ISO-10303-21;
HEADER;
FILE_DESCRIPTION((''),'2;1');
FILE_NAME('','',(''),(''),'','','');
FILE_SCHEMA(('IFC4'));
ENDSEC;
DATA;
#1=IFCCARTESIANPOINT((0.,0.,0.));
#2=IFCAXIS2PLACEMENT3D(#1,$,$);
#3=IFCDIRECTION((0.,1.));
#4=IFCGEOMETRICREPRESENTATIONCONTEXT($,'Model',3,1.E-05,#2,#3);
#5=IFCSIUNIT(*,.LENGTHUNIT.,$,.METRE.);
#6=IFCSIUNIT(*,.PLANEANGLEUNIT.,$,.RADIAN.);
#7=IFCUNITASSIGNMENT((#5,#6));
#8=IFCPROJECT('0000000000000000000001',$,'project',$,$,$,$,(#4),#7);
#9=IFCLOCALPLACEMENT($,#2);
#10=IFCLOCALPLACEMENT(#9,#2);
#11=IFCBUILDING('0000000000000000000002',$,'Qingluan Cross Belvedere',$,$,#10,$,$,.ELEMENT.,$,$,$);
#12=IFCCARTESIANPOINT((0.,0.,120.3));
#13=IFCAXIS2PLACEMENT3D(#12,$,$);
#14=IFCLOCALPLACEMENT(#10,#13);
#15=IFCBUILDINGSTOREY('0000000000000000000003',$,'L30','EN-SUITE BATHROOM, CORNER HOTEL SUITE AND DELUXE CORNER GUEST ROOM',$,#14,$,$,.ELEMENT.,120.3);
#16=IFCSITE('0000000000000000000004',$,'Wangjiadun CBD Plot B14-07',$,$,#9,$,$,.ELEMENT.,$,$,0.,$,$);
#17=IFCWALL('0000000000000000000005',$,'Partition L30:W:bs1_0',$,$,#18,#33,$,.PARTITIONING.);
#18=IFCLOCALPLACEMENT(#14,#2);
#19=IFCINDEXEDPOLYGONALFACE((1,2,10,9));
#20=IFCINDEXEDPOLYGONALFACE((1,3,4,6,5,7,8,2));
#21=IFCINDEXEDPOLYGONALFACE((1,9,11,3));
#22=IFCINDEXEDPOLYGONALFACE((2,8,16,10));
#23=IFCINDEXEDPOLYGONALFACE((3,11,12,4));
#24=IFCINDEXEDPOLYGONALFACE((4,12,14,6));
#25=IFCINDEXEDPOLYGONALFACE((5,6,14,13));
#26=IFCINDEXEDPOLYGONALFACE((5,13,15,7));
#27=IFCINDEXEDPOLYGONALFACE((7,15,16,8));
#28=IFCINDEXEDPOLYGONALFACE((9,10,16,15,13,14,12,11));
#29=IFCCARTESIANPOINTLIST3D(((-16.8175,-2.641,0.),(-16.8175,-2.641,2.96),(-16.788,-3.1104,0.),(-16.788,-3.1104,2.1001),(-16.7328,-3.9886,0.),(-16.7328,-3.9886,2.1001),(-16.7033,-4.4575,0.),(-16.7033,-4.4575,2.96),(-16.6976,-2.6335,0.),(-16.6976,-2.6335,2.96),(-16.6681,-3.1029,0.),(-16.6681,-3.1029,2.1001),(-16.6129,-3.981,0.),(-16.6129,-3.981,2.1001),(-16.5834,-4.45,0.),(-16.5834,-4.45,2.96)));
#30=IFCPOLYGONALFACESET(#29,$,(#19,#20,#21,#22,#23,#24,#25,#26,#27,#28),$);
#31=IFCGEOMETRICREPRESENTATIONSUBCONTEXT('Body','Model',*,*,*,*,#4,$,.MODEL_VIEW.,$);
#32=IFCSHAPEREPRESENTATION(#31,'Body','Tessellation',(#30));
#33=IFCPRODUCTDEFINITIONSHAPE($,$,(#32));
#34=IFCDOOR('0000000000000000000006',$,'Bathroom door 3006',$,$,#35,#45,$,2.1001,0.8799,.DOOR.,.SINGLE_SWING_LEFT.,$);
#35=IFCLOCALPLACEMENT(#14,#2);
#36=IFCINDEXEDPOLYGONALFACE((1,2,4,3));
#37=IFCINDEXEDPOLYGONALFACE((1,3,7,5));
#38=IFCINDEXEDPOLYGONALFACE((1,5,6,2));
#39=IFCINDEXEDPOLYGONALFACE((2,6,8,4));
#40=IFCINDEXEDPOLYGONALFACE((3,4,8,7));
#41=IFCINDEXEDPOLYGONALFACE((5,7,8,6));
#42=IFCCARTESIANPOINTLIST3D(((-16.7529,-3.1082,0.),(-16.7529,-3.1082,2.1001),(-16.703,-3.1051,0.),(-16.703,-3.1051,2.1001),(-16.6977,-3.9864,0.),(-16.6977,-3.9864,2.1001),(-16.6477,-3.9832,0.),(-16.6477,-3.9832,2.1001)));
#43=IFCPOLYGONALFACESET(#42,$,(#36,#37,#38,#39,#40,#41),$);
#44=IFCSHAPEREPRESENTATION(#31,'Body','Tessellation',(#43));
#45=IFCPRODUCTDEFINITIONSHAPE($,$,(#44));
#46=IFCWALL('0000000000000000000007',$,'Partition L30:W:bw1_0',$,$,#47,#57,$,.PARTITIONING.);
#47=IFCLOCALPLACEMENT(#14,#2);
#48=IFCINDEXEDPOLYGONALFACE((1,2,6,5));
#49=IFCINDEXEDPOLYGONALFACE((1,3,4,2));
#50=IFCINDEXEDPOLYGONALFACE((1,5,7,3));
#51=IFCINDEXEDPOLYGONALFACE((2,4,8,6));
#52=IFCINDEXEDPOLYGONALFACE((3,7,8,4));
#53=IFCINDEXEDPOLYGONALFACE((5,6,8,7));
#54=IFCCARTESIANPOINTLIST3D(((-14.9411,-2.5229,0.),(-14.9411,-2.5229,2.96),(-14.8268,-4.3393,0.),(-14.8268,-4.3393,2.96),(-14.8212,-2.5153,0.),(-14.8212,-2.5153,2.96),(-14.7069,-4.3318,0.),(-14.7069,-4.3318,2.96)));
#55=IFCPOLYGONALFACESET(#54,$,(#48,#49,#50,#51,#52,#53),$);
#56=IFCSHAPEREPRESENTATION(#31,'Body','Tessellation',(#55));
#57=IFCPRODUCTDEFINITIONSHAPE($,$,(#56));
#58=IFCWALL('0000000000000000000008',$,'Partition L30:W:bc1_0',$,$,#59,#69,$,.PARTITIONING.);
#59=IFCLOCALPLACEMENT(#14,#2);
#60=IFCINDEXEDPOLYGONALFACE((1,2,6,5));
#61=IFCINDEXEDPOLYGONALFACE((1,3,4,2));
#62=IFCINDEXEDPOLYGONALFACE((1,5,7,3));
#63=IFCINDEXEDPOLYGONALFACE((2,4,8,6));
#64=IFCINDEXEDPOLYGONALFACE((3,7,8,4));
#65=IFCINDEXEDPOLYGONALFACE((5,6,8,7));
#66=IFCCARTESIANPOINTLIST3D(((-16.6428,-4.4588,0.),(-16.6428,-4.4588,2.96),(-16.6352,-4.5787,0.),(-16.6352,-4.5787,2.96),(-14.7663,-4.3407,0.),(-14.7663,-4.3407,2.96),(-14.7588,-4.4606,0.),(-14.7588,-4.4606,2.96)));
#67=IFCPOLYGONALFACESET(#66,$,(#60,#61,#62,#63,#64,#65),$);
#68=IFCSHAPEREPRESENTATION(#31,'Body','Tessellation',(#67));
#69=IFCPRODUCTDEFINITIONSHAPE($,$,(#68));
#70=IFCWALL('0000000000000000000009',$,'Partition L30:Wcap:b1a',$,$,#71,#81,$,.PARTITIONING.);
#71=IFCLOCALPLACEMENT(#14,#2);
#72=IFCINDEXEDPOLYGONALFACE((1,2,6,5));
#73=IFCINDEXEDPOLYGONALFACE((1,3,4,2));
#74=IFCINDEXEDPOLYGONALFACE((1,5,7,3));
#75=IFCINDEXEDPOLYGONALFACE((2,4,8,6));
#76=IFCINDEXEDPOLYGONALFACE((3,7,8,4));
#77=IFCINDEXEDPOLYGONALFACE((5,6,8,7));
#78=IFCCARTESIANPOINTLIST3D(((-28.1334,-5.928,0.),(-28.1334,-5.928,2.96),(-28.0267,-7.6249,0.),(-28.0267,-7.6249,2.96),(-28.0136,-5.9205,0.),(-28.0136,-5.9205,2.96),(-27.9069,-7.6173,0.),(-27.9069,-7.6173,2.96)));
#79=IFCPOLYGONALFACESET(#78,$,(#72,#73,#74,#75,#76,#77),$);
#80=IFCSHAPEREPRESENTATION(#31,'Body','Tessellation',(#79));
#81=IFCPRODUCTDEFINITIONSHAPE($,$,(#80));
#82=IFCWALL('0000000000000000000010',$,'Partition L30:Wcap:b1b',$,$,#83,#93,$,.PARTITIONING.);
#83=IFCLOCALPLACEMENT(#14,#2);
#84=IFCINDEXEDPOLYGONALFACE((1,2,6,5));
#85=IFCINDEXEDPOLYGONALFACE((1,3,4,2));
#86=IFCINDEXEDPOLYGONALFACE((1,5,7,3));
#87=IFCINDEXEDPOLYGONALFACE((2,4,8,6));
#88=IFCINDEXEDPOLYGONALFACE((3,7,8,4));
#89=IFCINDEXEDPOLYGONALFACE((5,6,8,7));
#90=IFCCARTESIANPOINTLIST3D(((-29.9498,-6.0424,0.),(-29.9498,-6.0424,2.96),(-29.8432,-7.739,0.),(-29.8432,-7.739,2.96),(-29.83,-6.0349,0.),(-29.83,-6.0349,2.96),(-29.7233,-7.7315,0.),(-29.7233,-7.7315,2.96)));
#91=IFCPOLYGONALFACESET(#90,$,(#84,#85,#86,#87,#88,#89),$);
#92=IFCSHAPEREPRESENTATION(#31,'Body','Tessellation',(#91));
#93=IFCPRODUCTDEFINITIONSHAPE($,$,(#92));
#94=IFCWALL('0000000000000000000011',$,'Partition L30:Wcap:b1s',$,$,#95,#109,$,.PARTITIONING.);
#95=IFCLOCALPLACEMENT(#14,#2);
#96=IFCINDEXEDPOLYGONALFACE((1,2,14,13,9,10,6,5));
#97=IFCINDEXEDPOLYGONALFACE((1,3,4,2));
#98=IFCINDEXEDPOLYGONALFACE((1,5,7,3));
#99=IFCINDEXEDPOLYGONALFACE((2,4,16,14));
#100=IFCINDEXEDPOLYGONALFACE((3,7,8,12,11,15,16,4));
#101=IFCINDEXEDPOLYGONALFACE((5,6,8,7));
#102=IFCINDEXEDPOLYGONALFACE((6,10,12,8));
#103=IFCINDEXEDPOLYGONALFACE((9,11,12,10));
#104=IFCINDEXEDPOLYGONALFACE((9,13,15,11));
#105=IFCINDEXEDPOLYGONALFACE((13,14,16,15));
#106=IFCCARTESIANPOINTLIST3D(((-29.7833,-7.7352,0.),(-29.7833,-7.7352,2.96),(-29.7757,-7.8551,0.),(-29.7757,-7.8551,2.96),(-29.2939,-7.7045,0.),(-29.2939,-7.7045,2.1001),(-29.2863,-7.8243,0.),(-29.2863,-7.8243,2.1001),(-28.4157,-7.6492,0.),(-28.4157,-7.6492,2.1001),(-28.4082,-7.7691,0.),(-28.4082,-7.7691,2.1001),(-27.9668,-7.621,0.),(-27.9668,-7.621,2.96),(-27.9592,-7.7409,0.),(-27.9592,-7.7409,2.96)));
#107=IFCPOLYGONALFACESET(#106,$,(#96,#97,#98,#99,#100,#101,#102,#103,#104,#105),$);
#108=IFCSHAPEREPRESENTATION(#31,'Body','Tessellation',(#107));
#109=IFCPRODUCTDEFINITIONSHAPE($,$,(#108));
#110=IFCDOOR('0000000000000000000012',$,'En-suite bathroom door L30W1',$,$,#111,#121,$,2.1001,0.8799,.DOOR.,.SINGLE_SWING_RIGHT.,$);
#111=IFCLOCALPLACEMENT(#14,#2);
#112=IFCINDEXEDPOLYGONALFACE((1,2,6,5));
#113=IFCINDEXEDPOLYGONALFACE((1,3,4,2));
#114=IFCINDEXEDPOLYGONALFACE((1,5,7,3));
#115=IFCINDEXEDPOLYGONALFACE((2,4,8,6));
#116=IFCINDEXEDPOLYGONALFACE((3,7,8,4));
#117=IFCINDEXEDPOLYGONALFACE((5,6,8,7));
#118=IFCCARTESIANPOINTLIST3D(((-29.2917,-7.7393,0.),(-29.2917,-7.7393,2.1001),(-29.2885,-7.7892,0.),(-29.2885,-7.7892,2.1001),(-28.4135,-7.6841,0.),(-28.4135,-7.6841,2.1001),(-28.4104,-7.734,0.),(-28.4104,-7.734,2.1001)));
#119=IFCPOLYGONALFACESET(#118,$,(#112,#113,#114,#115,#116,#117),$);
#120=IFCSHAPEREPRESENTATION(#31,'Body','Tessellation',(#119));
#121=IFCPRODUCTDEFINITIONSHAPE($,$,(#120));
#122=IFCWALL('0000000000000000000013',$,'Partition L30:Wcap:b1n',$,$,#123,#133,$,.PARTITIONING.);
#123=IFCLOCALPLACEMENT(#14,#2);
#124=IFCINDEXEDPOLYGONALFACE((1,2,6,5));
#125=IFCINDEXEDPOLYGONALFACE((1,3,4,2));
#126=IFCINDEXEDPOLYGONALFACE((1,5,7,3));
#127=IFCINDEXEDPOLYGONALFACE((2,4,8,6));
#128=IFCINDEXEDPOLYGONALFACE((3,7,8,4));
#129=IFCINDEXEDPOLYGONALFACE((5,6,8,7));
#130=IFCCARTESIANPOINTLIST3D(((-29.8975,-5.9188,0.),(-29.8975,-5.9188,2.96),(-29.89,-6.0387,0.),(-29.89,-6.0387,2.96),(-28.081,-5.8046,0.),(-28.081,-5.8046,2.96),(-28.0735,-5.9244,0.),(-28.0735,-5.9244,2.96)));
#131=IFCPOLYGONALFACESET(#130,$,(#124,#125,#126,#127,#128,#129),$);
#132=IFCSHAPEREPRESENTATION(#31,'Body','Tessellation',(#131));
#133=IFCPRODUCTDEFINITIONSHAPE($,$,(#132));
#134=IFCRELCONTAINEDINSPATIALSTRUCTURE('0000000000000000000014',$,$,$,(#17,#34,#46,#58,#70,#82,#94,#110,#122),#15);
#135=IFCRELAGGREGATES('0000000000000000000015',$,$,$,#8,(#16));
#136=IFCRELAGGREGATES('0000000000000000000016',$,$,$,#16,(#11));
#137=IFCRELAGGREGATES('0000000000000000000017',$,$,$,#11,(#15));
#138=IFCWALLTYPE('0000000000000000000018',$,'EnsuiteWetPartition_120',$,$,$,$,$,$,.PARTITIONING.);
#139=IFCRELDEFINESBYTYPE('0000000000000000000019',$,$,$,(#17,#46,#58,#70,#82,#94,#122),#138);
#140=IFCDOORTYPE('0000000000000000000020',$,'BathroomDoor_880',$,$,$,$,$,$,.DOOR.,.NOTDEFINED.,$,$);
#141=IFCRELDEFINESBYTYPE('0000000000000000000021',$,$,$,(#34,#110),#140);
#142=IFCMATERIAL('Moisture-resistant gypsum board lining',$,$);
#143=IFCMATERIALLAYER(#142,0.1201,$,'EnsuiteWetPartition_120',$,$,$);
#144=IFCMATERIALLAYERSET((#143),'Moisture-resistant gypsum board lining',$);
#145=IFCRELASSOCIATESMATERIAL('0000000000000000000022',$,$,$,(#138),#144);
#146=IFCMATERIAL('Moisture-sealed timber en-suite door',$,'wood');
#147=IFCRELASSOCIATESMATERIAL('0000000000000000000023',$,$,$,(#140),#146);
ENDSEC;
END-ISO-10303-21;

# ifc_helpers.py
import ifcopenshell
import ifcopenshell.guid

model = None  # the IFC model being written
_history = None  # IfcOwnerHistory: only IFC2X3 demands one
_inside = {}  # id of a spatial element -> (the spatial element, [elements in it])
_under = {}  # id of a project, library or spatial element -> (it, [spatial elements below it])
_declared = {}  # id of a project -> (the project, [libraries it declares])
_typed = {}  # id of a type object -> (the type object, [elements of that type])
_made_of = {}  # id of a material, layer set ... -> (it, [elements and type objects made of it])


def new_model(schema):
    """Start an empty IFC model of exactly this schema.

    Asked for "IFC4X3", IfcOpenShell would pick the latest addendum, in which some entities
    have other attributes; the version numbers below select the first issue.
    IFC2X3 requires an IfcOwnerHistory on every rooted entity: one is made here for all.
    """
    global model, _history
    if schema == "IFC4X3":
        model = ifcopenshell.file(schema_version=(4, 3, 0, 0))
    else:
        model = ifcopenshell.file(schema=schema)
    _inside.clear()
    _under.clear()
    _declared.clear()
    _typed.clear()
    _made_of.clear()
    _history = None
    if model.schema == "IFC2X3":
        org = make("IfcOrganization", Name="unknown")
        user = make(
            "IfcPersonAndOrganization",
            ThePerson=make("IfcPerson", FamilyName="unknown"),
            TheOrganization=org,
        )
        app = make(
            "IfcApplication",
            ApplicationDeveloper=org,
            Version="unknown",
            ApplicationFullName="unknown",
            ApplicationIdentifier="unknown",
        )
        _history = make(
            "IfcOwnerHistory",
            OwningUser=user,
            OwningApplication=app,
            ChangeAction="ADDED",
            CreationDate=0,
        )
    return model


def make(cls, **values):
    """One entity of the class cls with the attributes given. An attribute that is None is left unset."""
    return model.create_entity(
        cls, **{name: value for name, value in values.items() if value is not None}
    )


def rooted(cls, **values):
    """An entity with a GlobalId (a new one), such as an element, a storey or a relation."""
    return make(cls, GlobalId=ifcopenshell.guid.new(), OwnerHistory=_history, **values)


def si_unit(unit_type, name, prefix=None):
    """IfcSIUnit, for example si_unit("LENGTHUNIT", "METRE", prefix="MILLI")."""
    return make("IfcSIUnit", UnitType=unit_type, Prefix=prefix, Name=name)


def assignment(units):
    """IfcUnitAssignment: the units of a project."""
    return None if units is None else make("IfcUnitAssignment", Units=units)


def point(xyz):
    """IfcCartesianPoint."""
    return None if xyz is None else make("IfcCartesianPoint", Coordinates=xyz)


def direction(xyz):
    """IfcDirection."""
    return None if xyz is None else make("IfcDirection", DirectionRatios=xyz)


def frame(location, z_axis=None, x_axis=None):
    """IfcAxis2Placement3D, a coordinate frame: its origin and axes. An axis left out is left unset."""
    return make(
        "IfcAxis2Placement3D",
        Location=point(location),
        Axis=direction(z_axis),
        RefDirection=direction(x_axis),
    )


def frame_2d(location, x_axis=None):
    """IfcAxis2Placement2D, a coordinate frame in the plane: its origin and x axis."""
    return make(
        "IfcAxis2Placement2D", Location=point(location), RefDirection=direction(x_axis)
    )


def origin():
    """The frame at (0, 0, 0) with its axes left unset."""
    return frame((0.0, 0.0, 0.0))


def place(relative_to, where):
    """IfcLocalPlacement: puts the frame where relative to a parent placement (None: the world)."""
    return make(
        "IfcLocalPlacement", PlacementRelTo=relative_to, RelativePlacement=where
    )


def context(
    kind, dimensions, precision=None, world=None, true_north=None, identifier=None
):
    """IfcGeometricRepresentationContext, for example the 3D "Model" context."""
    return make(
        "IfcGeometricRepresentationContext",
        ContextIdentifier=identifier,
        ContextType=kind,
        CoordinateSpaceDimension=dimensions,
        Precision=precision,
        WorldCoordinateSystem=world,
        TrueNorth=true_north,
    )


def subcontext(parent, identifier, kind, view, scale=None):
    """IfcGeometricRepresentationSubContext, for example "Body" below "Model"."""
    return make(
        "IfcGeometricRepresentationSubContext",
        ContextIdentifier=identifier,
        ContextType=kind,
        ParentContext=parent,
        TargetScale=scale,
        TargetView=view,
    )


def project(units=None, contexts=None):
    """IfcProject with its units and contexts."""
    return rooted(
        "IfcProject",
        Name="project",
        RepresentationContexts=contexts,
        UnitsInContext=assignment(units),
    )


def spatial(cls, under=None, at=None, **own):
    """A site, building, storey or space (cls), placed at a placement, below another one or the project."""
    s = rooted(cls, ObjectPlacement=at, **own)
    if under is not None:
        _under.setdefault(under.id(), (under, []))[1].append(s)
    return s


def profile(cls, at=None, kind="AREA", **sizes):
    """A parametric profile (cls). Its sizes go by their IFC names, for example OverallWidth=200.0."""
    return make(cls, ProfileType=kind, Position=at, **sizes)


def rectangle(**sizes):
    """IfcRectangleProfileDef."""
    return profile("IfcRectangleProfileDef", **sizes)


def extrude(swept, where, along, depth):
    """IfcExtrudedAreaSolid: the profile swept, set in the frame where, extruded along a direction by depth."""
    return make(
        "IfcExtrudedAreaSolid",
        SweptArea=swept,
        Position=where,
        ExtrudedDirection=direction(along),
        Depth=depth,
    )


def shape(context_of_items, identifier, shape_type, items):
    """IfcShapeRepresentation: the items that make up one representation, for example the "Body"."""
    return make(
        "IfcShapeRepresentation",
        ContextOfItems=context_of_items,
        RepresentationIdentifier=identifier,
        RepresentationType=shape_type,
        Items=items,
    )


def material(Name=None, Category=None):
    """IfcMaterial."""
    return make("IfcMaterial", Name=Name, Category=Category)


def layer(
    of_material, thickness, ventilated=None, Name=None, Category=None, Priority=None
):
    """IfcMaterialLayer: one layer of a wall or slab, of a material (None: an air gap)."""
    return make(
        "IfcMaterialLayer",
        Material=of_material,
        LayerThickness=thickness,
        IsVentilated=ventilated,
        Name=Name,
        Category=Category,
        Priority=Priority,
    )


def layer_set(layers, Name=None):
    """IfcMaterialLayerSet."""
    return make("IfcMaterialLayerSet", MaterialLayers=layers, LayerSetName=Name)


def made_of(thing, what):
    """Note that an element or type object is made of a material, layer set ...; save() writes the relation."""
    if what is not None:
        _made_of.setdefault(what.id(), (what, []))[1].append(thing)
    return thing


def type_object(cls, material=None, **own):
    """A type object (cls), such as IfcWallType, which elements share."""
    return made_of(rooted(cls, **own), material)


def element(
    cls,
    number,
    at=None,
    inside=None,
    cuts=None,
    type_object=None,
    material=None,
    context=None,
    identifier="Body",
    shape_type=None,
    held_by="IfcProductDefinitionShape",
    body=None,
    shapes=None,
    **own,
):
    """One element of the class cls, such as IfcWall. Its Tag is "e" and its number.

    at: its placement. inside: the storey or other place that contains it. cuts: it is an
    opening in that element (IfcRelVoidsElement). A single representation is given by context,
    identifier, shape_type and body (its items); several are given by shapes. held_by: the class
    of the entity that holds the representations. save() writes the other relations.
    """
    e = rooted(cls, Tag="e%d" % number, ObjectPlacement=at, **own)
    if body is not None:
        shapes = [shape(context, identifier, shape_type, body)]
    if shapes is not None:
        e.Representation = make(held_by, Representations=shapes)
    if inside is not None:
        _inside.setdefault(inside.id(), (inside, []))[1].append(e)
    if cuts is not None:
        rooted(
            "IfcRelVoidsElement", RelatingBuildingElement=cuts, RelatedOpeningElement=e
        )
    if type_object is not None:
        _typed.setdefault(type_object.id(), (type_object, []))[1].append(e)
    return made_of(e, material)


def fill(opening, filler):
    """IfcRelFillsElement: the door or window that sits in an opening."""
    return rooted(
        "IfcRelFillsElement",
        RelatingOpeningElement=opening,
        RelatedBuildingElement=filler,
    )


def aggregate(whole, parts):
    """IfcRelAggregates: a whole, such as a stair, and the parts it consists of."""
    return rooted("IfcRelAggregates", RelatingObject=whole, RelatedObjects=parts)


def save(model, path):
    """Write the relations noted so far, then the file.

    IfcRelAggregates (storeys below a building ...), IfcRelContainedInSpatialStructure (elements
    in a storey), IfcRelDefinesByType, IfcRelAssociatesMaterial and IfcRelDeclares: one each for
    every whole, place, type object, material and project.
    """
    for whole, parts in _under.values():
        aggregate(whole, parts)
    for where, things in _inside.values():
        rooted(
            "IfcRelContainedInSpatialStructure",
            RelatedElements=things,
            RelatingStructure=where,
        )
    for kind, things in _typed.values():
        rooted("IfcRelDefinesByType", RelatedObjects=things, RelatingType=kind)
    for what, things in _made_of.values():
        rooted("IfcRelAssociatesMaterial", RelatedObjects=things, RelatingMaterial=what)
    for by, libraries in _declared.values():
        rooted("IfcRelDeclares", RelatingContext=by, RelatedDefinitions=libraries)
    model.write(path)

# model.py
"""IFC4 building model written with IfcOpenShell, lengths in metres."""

from ifc_helpers import new_model, si_unit, direction, frame, frame_2d, origin, place, context, subcontext, project, spatial, rectangle, extrude, material, layer, layer_set, type_object, element, fill, save


model = new_model("IFC4")

# Units and contexts
model_context = context("Model", 3, precision=1e-05, world=origin(), true_north=direction((0.0, 1.0)))
body_context = subcontext(model_context, "Body", "Model", "MODEL_VIEW")
ifc_project = project(units=[si_unit("LENGTHUNIT", "METRE"), si_unit("PLANEANGLEUNIT", "RADIAN")], contexts=[model_context])

# Site, building, storey
site_placement = place(None, origin())
site = spatial("IfcSite", under=ifc_project, at=site_placement, Name="Wangjiadun CBD Plot B14-07", CompositionType="ELEMENT", RefElevation=0.0)
building_placement = place(site_placement, origin())
building = spatial("IfcBuilding", under=site, at=building_placement, Name="Qingluan Cross Belvedere", CompositionType="ELEMENT")
storey_placement = place(building_placement, frame((0.0, 0.0, 120.3)))
storey = spatial("IfcBuildingStorey", under=building, at=storey_placement, Name="L30", Description="EN-SUITE BATHROOM, CORNER HOTEL SUITE AND DELUXE CORNER GUEST ROOM", CompositionType="ELEMENT", Elevation=120.3)

# Wall, opening, door
ifc_material_1 = material(Name="Moisture-resistant gypsum board lining")
ifc_layer_1 = layer(ifc_material_1, 0.1201, Name="EnsuiteWetPartition_120")
ifc_layer_set_1 = layer_set([ifc_layer_1], Name="Moisture-resistant gypsum board lining")
wall_type_1 = type_object("IfcWallType", Name="EnsuiteWetPartition_120", PredefinedType="PARTITIONING", material=ifc_layer_set_1)
wall_1_placement = place(storey_placement, frame((-16.6433, -4.4539, 0.0), z_axis=(0.0, 0.0, 1.0), x_axis=(-0.062779, 0.998027, 0.0)))
wall_1 = element("IfcWall", 1, at=wall_1_placement, inside=storey, type_object=wall_type_1, Name="Partition L30:W:bs1_0", PredefinedType="PARTITIONING", context=body_context, shape_type="SweptSolid", body=[
    extrude(rectangle(XDim=1.8201, YDim=0.1201, at=frame_2d((0.9102, 0.0))), origin(), (0.0, 0.0, 1.0), 2.96),
])
opening_1_placement = place(wall_1_placement, frame((0.47, 0.0, 0.0)))
opening_1 = element("IfcOpeningElement", 2, at=opening_1_placement, cuts=wall_1, PredefinedType="OPENING", context=body_context, shape_type="SweptSolid", body=[
    extrude(rectangle(XDim=0.8799, YDim=2.1001, at=frame_2d((0.4399, 1.05))), frame((0.0, 0.0701, 0.0), z_axis=(0.0, -1.0, 0.0), x_axis=(1.0, 0.0, 0.0)), (0.0, 0.0, 1.0), 0.1401),
])
ifc_material_2 = material(Name="Moisture-sealed timber en-suite door", Category="wood")
door_type_1 = type_object("IfcDoorType", Name="BathroomDoor_880", OperationType="NOTDEFINED", PredefinedType="DOOR", material=ifc_material_2)
door_1_placement = place(opening_1_placement, origin())
door_1 = element("IfcDoor", 3, at=door_1_placement, inside=storey, type_object=door_type_1, Name="Bathroom door 3006", OperationType="SINGLE_SWING_LEFT", OverallHeight=2.1001, OverallWidth=0.8799, PredefinedType="DOOR", context=body_context, shape_type="SweptSolid", body=[
    extrude(rectangle(XDim=0.8799, YDim=2.1001, at=frame_2d((0.4399, 1.05))), frame((0.0, 0.0249, 0.0), z_axis=(0.0, -1.0, 0.0), x_axis=(1.0, 0.0, 0.0)), (0.0, 0.0, 1.0), 0.05),
])
fill(opening_1, door_1)

# Walls
wall_2_placement = place(storey_placement, frame((-14.7668, -4.3357, 0.0), z_axis=(0.0, 0.0, 1.0), x_axis=(-0.062779, 0.998027, 0.0)))
element("IfcWall", 4, at=wall_2_placement, inside=storey, type_object=wall_type_1, Name="Partition L30:W:bw1_0", PredefinedType="PARTITIONING", context=body_context, shape_type="SweptSolid", body=[
    extrude(rectangle(XDim=1.8201, YDim=0.1201, at=frame_2d((0.9102, 0.0))), origin(), (0.0, 0.0, 1.0), 2.96),
])
wall_3_placement = place(storey_placement, frame((-14.7627, -4.4006, 0.0), z_axis=(0.0, 0.0, 1.0), x_axis=(-0.998023, -0.062847, 0.0)))
element("IfcWall", 5, at=wall_3_placement, inside=storey, type_object=wall_type_1, Name="Partition L30:W:bc1_0", PredefinedType="PARTITIONING", context=body_context, shape_type="SweptSolid", body=[
    extrude(rectangle(XDim=1.8801, YDim=0.1201, at=frame_2d((0.9399, 0.0))), origin(), (0.0, 0.0, 1.0), 2.96),
])
wall_4_placement = place(storey_placement, frame((-27.9668, -7.6211, 0.0), z_axis=(0.0, 0.0, 1.0), x_axis=(-0.062754, 0.998029, 0.0)))
element("IfcWall", 6, at=wall_4_placement, inside=storey, type_object=wall_type_1, Name="Partition L30:Wcap:b1a", PredefinedType="PARTITIONING", context=body_context, shape_type="SweptSolid", body=[
    extrude(rectangle(XDim=1.7002, YDim=0.1201, at=frame_2d((0.8501, 0.0))), origin(), (0.0, 0.0, 1.0), 2.96),
])
wall_5_placement = place(storey_placement, frame((-29.7832, -7.7354, 0.0), z_axis=(0.0, 0.0, 1.0), x_axis=(-0.062763, 0.998028, 0.0)))
element("IfcWall", 7, at=wall_5_placement, inside=storey, type_object=wall_type_1, Name="Partition L30:Wcap:b1b", PredefinedType="PARTITIONING", context=body_context, shape_type="SweptSolid", body=[
    extrude(rectangle(XDim=1.7, YDim=0.1201, at=frame_2d((0.8501, 0.0))), origin(), (0.0, 0.0, 1.0), 2.96),
])

# Wall, opening, door
wall_6_placement = place(storey_placement, frame((-27.9629, -7.6809, 0.0), z_axis=(0.0, 0.0, 1.0), x_axis=(-0.998027, -0.062779, 0.0)))
wall_6 = element("IfcWall", 8, at=wall_6_placement, inside=storey, type_object=wall_type_1, Name="Partition L30:Wcap:b1s", PredefinedType="PARTITIONING", context=body_context, shape_type="SweptSolid", body=[
    extrude(rectangle(XDim=1.8201, YDim=0.1201, at=frame_2d((0.9102, 0.0))), origin(), (0.0, 0.0, 1.0), 2.96),
])
opening_2_placement = place(wall_6_placement, frame((0.45, 0.0, 0.0)))
opening_2 = element("IfcOpeningElement", 9, at=opening_2_placement, cuts=wall_6, PredefinedType="OPENING", context=body_context, shape_type="SweptSolid", body=[
    extrude(rectangle(XDim=0.8799, YDim=2.1001, at=frame_2d((0.4399, 1.05))), frame((0.0, 0.0701, 0.0), z_axis=(0.0, -1.0, 0.0), x_axis=(1.0, 0.0, 0.0)), (0.0, 0.0, 1.0), 0.1401),
])
door_2_placement = place(opening_2_placement, origin())
door_2 = element("IfcDoor", 10, at=door_2_placement, inside=storey, type_object=door_type_1, Name="En-suite bathroom door L30W1", OperationType="SINGLE_SWING_RIGHT", OverallHeight=2.1001, OverallWidth=0.8799, PredefinedType="DOOR", context=body_context, shape_type="SweptSolid", body=[
    extrude(rectangle(XDim=0.8799, YDim=2.1001, at=frame_2d((0.4399, 1.05))), frame((0.0, 0.0249, 0.0), z_axis=(0.0, -1.0, 0.0), x_axis=(1.0, 0.0, 0.0)), (0.0, 0.0, 1.0), 0.05),
])
fill(opening_2, door_2)

# Wall
wall_7_placement = place(storey_placement, frame((-28.0771, -5.8645, 0.0), z_axis=(0.0, 0.0, 1.0), x_axis=(-0.998027, -0.062779, 0.0)))
element("IfcWall", 11, at=wall_7_placement, inside=storey, type_object=wall_type_1, Name="Partition L30:Wcap:b1n", PredefinedType="PARTITIONING", context=body_context, shape_type="SweptSolid", body=[
    extrude(rectangle(XDim=1.8201, YDim=0.1201, at=frame_2d((0.9102, 0.0))), origin(), (0.0, 0.0, 1.0), 2.96),
])

save(model, "model.ifc")
